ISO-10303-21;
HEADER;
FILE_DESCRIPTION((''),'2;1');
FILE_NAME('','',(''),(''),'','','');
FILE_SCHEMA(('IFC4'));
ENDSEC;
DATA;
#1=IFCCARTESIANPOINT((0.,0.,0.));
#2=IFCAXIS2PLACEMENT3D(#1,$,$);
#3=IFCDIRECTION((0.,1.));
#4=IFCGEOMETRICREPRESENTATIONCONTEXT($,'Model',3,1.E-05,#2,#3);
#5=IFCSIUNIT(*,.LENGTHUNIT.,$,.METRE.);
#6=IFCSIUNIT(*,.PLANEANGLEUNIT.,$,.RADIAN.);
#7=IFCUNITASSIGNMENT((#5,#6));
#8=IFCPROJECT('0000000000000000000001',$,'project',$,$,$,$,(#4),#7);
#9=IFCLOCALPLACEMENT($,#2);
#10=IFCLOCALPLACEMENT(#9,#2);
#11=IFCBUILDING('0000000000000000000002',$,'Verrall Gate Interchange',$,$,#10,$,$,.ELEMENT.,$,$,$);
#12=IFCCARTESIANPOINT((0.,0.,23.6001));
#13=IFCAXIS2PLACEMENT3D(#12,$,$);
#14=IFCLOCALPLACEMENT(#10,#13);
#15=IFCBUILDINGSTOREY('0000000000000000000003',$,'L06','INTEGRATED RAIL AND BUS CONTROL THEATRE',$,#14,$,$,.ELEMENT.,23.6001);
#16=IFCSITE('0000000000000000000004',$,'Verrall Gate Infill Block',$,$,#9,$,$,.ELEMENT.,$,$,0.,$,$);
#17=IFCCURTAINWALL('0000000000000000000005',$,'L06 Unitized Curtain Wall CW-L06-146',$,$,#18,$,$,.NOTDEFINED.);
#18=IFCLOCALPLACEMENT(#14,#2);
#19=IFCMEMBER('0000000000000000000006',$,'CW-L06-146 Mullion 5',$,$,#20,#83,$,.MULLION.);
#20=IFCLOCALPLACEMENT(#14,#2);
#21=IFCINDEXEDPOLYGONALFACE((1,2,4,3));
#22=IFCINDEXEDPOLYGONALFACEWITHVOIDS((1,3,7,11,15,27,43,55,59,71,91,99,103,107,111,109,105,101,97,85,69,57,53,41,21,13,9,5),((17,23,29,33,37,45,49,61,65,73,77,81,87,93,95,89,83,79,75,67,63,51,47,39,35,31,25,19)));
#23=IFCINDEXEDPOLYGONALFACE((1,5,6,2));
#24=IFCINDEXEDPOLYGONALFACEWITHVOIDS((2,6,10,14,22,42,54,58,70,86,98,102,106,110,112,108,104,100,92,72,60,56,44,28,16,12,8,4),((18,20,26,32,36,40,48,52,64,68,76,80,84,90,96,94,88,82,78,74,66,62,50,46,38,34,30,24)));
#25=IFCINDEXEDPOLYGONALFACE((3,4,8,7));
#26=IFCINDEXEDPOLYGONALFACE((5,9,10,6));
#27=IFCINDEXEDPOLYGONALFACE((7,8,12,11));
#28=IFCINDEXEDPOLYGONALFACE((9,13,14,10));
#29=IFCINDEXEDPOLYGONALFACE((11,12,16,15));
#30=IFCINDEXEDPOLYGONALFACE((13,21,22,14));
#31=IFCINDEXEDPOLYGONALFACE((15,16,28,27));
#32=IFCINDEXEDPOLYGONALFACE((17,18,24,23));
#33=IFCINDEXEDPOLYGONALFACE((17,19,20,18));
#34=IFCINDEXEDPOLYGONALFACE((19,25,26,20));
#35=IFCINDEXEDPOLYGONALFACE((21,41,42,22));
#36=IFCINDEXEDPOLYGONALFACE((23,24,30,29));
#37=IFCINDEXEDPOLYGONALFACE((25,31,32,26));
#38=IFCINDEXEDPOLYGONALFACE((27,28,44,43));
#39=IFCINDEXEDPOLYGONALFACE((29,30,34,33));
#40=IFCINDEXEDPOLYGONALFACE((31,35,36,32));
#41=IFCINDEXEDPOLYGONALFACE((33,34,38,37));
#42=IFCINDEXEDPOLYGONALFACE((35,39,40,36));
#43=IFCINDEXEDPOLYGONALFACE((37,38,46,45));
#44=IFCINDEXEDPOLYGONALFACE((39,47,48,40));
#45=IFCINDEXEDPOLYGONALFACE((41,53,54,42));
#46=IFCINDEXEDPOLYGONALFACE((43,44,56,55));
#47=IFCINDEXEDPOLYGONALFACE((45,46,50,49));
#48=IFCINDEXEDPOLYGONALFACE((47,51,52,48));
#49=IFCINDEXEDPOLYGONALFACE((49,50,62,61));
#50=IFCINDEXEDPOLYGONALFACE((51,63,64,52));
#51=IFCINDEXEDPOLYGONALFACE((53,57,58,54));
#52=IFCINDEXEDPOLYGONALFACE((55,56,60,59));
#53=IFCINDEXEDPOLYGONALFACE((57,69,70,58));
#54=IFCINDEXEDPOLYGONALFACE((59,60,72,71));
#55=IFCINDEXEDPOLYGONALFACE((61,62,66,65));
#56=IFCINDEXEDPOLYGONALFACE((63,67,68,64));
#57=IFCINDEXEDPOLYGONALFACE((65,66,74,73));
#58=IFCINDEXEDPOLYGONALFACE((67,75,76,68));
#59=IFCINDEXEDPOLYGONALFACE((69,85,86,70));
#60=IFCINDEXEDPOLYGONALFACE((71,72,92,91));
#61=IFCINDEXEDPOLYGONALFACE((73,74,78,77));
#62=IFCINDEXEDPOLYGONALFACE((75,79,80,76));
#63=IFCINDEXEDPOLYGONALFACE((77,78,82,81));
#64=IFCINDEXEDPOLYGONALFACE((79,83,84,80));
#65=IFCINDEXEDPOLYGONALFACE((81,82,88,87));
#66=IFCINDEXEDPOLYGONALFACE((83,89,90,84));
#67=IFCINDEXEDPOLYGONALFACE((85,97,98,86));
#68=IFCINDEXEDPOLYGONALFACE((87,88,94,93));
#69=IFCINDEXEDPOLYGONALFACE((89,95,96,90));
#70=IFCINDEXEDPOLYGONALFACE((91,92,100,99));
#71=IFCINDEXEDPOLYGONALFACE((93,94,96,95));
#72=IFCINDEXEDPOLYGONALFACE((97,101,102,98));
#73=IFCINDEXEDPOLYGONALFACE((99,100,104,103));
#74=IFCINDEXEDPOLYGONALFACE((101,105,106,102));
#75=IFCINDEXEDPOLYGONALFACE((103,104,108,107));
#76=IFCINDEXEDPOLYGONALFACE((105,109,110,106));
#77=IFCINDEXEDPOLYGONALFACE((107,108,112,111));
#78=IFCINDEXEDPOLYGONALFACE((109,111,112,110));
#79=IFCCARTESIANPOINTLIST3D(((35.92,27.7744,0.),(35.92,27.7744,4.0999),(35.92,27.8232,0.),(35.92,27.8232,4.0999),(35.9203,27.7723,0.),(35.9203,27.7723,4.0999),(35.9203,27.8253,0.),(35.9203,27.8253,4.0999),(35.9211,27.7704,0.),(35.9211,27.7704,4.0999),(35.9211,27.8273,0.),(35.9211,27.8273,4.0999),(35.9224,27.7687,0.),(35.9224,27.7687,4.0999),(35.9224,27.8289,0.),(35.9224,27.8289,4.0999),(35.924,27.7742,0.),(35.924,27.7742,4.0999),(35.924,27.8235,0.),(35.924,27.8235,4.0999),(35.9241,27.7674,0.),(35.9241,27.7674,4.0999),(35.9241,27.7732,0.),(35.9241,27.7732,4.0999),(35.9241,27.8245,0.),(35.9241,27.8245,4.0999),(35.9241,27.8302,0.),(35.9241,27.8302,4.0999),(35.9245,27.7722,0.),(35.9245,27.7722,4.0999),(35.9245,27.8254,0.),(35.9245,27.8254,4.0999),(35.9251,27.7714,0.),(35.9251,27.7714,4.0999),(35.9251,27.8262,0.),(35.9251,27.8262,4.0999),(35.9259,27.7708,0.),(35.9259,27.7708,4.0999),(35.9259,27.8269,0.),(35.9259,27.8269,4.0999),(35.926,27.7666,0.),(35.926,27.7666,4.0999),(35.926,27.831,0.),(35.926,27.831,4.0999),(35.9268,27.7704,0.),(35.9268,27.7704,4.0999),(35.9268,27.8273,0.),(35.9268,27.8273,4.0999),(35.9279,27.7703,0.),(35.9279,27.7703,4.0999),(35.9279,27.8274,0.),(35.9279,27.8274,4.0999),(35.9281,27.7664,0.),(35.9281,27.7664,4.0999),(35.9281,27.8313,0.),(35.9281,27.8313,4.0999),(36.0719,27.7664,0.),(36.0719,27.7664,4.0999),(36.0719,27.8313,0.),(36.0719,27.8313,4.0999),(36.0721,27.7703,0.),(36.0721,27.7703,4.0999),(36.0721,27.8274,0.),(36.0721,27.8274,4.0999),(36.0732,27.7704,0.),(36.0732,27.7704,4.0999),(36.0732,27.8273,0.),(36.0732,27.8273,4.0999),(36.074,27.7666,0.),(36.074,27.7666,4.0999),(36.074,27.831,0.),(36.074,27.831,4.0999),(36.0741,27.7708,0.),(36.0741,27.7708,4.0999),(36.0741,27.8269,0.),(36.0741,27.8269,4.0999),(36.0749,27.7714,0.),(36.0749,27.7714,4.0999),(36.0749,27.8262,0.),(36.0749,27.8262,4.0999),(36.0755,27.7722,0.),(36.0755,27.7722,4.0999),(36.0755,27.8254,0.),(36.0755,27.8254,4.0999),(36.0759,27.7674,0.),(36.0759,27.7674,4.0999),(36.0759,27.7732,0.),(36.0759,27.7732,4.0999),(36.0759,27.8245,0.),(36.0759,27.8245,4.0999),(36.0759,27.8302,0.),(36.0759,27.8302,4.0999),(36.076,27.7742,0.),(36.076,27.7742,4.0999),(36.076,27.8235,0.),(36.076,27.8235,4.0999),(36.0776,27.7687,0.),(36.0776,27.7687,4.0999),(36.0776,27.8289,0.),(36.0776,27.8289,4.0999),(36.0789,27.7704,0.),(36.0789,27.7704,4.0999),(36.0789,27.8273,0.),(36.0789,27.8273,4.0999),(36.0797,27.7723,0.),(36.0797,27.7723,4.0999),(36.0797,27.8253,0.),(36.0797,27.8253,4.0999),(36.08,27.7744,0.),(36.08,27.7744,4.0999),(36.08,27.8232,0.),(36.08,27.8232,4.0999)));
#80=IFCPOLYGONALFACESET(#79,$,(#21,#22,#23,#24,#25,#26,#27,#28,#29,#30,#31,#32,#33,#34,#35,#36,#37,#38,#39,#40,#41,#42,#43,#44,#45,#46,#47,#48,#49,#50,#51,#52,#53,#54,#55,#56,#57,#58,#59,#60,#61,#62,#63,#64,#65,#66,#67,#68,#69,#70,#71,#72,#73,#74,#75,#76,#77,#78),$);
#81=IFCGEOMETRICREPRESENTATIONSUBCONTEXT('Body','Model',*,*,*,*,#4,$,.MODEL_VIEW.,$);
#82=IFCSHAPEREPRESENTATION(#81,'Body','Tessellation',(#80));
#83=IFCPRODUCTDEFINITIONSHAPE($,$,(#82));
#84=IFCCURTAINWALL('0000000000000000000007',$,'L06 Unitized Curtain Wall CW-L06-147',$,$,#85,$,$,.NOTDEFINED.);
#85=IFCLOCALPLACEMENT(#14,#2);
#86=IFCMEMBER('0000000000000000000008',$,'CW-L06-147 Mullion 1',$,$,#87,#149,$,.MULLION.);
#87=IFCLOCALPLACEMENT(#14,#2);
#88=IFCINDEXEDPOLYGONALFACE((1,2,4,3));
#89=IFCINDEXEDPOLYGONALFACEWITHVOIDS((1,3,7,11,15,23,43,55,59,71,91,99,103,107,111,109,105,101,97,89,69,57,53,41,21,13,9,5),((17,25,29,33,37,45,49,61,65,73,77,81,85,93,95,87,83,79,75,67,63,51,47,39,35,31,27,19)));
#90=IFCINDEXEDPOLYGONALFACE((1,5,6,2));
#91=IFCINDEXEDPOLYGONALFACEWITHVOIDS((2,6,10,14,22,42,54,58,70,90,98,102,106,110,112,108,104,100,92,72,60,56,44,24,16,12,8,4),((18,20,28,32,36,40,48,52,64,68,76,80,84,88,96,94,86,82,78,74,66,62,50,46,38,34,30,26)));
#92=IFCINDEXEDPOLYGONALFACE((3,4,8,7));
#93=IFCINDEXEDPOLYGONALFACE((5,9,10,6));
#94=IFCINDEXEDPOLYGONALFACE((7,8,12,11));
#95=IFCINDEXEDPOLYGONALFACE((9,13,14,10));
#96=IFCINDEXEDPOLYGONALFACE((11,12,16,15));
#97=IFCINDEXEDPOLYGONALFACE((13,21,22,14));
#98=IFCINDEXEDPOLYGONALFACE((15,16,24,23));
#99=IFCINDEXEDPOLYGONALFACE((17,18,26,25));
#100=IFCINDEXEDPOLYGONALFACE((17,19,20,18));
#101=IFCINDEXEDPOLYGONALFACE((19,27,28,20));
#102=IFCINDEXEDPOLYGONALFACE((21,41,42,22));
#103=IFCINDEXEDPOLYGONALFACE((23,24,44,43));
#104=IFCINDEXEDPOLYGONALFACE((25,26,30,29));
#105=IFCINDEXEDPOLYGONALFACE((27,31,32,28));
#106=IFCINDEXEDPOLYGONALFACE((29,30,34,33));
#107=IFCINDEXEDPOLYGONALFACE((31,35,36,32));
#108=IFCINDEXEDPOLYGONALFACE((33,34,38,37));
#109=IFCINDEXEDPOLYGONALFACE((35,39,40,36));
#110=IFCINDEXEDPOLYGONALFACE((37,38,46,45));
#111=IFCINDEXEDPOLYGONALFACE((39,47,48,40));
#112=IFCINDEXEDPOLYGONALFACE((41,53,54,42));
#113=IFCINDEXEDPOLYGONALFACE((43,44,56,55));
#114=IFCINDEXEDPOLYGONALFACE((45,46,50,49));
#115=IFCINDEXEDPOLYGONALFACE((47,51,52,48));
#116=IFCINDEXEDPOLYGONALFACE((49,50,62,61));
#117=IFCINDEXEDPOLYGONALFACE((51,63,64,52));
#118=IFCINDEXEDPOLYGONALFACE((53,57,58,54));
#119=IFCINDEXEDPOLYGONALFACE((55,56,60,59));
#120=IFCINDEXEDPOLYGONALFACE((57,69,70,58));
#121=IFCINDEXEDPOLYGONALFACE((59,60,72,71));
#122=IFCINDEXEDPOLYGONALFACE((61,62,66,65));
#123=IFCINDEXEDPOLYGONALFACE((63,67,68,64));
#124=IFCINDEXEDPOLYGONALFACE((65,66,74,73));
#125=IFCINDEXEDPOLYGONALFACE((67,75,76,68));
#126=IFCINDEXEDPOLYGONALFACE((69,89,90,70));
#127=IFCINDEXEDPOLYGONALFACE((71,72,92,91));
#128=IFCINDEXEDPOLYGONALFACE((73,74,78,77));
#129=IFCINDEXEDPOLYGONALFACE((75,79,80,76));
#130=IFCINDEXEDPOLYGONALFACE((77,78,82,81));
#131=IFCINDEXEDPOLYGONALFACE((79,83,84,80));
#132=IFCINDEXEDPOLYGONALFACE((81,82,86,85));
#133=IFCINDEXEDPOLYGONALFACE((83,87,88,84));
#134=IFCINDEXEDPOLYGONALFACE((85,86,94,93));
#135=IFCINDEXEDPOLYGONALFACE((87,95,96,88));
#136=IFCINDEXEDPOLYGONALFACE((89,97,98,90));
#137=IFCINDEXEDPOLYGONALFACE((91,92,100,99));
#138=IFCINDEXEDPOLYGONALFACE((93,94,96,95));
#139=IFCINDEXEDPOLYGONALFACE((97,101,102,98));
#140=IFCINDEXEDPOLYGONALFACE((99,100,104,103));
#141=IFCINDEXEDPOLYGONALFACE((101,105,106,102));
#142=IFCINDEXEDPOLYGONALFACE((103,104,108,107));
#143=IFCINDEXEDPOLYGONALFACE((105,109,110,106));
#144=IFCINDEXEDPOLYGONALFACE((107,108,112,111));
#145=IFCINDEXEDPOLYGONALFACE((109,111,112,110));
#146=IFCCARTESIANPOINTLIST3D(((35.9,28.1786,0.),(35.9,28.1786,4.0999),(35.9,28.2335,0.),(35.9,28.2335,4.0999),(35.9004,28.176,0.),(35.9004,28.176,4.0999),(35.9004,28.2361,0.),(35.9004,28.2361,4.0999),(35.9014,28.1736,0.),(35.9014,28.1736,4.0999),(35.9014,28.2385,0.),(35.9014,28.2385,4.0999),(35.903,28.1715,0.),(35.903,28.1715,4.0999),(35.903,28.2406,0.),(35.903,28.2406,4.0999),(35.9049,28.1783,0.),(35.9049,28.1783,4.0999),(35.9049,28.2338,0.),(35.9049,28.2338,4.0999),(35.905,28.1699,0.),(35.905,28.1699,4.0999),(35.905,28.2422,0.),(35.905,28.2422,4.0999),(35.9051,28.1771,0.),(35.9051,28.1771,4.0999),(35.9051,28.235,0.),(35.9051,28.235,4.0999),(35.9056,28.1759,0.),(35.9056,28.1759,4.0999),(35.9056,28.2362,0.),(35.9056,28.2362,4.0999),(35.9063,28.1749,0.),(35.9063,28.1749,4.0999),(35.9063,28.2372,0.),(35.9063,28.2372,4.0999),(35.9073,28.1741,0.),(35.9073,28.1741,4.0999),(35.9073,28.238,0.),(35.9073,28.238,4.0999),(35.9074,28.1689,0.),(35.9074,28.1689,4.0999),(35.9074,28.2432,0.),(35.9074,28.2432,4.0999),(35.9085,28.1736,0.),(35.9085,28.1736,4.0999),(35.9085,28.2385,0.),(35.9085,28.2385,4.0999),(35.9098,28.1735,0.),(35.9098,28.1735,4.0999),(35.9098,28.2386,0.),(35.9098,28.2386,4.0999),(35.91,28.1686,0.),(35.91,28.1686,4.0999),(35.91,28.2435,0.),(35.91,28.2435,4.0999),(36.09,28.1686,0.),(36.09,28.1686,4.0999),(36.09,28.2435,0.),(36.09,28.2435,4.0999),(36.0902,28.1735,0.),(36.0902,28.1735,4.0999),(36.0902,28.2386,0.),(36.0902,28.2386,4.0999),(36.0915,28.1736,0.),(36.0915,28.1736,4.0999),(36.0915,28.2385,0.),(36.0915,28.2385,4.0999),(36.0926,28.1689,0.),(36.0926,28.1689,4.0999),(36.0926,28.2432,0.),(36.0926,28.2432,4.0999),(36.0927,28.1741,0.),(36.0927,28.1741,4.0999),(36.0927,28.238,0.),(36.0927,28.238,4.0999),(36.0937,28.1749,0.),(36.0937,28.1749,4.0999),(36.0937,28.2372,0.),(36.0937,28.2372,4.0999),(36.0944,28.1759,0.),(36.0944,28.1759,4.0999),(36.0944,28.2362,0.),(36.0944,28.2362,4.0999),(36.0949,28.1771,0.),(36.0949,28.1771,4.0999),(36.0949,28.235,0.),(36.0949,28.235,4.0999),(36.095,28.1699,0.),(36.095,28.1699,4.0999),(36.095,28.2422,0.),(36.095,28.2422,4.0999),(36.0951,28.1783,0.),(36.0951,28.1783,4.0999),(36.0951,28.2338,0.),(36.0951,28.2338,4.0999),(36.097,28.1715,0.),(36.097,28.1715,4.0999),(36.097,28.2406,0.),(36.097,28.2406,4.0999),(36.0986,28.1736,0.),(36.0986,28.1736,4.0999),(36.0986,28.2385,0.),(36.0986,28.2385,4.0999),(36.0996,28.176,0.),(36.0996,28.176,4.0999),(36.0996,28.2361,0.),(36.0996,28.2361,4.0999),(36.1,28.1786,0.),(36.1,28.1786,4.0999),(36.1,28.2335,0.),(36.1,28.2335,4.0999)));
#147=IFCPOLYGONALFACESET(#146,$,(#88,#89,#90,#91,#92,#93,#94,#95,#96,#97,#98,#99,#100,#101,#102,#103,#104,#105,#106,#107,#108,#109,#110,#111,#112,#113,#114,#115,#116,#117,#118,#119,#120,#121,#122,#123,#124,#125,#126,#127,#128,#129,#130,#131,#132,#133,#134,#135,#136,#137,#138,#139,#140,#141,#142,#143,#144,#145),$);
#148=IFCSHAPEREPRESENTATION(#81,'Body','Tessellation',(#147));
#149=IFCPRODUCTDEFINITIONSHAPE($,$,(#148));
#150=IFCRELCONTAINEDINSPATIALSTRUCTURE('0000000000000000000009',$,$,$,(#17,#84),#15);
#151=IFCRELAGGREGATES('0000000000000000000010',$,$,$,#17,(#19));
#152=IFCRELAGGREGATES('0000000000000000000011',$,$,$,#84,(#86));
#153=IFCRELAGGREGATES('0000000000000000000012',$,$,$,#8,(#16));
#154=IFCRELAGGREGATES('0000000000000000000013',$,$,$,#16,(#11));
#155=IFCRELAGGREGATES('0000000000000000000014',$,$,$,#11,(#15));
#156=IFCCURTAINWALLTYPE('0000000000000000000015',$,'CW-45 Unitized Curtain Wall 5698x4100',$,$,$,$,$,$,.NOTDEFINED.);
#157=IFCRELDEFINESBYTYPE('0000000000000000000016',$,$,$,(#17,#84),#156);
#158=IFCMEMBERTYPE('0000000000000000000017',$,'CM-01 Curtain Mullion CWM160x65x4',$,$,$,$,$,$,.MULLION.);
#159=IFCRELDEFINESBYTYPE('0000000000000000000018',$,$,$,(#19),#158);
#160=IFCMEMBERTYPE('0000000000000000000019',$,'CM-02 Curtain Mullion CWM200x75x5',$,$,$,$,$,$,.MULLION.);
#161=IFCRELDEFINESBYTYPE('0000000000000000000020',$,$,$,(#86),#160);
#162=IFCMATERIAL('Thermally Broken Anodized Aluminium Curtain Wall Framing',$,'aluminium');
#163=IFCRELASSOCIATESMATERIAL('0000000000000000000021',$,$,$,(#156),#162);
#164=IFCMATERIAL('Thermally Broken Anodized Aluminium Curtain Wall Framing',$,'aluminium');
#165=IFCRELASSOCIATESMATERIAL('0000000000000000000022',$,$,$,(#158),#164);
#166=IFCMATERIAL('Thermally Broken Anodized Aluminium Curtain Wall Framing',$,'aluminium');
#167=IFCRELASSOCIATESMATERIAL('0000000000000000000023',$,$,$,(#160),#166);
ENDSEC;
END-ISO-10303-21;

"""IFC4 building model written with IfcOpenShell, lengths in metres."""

from ifc_helpers import new_model, si_unit, direction, frame, origin, origin_2d, place, context, subcontext, project, spatial, hollow_rectangle, extrude, material, material_profile, profile_set, type_object, element, aggregate, save


model = new_model("IFC4")

# Units and contexts
model_context = context("Model", 3, precision=1e-05, world=origin(), true_north=direction((0.0, 1.0)))
body_context = subcontext(model_context, "Body", "Model", "MODEL_VIEW")
ifc_project = project(units=[si_unit("LENGTHUNIT", "METRE"), si_unit("PLANEANGLEUNIT", "RADIAN")], contexts=[model_context])

# Site, building, storey
site_placement = place(None, origin())
site = spatial("IfcSite", under=ifc_project, at=site_placement, Name="Verrall Gate Infill Block", CompositionType="ELEMENT", RefElevation=0.0)
building_placement = place(site_placement, origin())
building = spatial("IfcBuilding", under=site, at=building_placement, Name="Verrall Gate Interchange", CompositionType="ELEMENT")
storey_placement = place(building_placement, frame((0.0, 0.0, 23.6001)))
storey = spatial("IfcBuildingStorey", under=building, at=storey_placement, Name="L06", Description="INTEGRATED RAIL AND BUS CONTROL THEATRE", CompositionType="ELEMENT", Elevation=23.6001)

# Curtain walls, members
ifc_material_1 = material(Name="Thermally Broken Anodized Aluminium Curtain Wall Framing", Category="aluminium")
curtain_wall_type = type_object("IfcCurtainWallType", Name="CW-45 Unitized Curtain Wall 5698x4100", PredefinedType="NOTDEFINED", material=ifc_material_1)
curtain_wall_1_placement = place(storey_placement, origin())
curtain_wall_1 = element("IfcCurtainWall", 1, at=curtain_wall_1_placement, inside=storey, type_object=curtain_wall_type, Name="L06 Unitized Curtain Wall CW-L06-146", PredefinedType="NOTDEFINED")
ifc_material_2 = material(Name="Thermally Broken Anodized Aluminium Curtain Wall Framing", Category="aluminium")
ifc_material_profile_1 = material_profile(ifc_material_2, hollow_rectangle(XDim=0.0649, YDim=0.1599, WallThickness=0.0039, InnerFilletRadius=0.0039, OuterFilletRadius=0.0081, at=origin_2d()), Name="CWM160x65x4")
ifc_profile_set_1 = profile_set([ifc_material_profile_1], Name="Thermally Broken Anodized Aluminium Curtain Wall Framing")
member_type_1 = type_object("IfcMemberType", Name="CM-01 Curtain Mullion CWM160x65x4", PredefinedType="MULLION", material=ifc_profile_set_1)
member_1_placement = place(storey_placement, frame((36.0, 27.7988, 0.0), z_axis=(0.0, 0.0, 1.0), x_axis=(0.0, 1.0, 0.0)))
member_1 = element("IfcMember", 2, at=member_1_placement, type_object=member_type_1, Name="CW-L06-146 Mullion 5", PredefinedType="MULLION", context=body_context, shape_type="SweptSolid", body=[
    extrude(hollow_rectangle(XDim=0.0649, YDim=0.1599, WallThickness=0.0039, InnerFilletRadius=0.0039, OuterFilletRadius=0.0081, at=origin_2d()), origin(), (0.0, 0.0, 1.0), 4.0999),
])
curtain_wall_2_placement = place(storey_placement, origin())
curtain_wall_2 = element("IfcCurtainWall", 3, at=curtain_wall_2_placement, inside=storey, type_object=curtain_wall_type, Name="L06 Unitized Curtain Wall CW-L06-147", PredefinedType="NOTDEFINED")
ifc_material_3 = material(Name="Thermally Broken Anodized Aluminium Curtain Wall Framing", Category="aluminium")
ifc_material_profile_2 = material_profile(ifc_material_3, hollow_rectangle(XDim=0.075, YDim=0.2, WallThickness=0.0049, InnerFilletRadius=0.0049, OuterFilletRadius=0.01, at=origin_2d()), Name="CWM200x75x5")
ifc_profile_set_2 = profile_set([ifc_material_profile_2], Name="Thermally Broken Anodized Aluminium Curtain Wall Framing")
member_type_2 = type_object("IfcMemberType", Name="CM-02 Curtain Mullion CWM200x75x5", PredefinedType="MULLION", material=ifc_profile_set_2)
member_2_placement = place(storey_placement, frame((36.0, 28.2061, 0.0), z_axis=(0.0, 0.0, 1.0), x_axis=(0.0, 1.0, 0.0)))
member_2 = element("IfcMember", 4, at=member_2_placement, type_object=member_type_2, Name="CW-L06-147 Mullion 1", PredefinedType="MULLION", context=body_context, shape_type="SweptSolid", body=[
    extrude(hollow_rectangle(XDim=0.075, YDim=0.2, WallThickness=0.0049, InnerFilletRadius=0.0049, OuterFilletRadius=0.01, at=origin_2d()), origin(), (0.0, 0.0, 1.0), 4.0999),
])

aggregate(curtain_wall_1, [member_1])
aggregate(curtain_wall_2, [member_2])

save(model, "model.ifc")
